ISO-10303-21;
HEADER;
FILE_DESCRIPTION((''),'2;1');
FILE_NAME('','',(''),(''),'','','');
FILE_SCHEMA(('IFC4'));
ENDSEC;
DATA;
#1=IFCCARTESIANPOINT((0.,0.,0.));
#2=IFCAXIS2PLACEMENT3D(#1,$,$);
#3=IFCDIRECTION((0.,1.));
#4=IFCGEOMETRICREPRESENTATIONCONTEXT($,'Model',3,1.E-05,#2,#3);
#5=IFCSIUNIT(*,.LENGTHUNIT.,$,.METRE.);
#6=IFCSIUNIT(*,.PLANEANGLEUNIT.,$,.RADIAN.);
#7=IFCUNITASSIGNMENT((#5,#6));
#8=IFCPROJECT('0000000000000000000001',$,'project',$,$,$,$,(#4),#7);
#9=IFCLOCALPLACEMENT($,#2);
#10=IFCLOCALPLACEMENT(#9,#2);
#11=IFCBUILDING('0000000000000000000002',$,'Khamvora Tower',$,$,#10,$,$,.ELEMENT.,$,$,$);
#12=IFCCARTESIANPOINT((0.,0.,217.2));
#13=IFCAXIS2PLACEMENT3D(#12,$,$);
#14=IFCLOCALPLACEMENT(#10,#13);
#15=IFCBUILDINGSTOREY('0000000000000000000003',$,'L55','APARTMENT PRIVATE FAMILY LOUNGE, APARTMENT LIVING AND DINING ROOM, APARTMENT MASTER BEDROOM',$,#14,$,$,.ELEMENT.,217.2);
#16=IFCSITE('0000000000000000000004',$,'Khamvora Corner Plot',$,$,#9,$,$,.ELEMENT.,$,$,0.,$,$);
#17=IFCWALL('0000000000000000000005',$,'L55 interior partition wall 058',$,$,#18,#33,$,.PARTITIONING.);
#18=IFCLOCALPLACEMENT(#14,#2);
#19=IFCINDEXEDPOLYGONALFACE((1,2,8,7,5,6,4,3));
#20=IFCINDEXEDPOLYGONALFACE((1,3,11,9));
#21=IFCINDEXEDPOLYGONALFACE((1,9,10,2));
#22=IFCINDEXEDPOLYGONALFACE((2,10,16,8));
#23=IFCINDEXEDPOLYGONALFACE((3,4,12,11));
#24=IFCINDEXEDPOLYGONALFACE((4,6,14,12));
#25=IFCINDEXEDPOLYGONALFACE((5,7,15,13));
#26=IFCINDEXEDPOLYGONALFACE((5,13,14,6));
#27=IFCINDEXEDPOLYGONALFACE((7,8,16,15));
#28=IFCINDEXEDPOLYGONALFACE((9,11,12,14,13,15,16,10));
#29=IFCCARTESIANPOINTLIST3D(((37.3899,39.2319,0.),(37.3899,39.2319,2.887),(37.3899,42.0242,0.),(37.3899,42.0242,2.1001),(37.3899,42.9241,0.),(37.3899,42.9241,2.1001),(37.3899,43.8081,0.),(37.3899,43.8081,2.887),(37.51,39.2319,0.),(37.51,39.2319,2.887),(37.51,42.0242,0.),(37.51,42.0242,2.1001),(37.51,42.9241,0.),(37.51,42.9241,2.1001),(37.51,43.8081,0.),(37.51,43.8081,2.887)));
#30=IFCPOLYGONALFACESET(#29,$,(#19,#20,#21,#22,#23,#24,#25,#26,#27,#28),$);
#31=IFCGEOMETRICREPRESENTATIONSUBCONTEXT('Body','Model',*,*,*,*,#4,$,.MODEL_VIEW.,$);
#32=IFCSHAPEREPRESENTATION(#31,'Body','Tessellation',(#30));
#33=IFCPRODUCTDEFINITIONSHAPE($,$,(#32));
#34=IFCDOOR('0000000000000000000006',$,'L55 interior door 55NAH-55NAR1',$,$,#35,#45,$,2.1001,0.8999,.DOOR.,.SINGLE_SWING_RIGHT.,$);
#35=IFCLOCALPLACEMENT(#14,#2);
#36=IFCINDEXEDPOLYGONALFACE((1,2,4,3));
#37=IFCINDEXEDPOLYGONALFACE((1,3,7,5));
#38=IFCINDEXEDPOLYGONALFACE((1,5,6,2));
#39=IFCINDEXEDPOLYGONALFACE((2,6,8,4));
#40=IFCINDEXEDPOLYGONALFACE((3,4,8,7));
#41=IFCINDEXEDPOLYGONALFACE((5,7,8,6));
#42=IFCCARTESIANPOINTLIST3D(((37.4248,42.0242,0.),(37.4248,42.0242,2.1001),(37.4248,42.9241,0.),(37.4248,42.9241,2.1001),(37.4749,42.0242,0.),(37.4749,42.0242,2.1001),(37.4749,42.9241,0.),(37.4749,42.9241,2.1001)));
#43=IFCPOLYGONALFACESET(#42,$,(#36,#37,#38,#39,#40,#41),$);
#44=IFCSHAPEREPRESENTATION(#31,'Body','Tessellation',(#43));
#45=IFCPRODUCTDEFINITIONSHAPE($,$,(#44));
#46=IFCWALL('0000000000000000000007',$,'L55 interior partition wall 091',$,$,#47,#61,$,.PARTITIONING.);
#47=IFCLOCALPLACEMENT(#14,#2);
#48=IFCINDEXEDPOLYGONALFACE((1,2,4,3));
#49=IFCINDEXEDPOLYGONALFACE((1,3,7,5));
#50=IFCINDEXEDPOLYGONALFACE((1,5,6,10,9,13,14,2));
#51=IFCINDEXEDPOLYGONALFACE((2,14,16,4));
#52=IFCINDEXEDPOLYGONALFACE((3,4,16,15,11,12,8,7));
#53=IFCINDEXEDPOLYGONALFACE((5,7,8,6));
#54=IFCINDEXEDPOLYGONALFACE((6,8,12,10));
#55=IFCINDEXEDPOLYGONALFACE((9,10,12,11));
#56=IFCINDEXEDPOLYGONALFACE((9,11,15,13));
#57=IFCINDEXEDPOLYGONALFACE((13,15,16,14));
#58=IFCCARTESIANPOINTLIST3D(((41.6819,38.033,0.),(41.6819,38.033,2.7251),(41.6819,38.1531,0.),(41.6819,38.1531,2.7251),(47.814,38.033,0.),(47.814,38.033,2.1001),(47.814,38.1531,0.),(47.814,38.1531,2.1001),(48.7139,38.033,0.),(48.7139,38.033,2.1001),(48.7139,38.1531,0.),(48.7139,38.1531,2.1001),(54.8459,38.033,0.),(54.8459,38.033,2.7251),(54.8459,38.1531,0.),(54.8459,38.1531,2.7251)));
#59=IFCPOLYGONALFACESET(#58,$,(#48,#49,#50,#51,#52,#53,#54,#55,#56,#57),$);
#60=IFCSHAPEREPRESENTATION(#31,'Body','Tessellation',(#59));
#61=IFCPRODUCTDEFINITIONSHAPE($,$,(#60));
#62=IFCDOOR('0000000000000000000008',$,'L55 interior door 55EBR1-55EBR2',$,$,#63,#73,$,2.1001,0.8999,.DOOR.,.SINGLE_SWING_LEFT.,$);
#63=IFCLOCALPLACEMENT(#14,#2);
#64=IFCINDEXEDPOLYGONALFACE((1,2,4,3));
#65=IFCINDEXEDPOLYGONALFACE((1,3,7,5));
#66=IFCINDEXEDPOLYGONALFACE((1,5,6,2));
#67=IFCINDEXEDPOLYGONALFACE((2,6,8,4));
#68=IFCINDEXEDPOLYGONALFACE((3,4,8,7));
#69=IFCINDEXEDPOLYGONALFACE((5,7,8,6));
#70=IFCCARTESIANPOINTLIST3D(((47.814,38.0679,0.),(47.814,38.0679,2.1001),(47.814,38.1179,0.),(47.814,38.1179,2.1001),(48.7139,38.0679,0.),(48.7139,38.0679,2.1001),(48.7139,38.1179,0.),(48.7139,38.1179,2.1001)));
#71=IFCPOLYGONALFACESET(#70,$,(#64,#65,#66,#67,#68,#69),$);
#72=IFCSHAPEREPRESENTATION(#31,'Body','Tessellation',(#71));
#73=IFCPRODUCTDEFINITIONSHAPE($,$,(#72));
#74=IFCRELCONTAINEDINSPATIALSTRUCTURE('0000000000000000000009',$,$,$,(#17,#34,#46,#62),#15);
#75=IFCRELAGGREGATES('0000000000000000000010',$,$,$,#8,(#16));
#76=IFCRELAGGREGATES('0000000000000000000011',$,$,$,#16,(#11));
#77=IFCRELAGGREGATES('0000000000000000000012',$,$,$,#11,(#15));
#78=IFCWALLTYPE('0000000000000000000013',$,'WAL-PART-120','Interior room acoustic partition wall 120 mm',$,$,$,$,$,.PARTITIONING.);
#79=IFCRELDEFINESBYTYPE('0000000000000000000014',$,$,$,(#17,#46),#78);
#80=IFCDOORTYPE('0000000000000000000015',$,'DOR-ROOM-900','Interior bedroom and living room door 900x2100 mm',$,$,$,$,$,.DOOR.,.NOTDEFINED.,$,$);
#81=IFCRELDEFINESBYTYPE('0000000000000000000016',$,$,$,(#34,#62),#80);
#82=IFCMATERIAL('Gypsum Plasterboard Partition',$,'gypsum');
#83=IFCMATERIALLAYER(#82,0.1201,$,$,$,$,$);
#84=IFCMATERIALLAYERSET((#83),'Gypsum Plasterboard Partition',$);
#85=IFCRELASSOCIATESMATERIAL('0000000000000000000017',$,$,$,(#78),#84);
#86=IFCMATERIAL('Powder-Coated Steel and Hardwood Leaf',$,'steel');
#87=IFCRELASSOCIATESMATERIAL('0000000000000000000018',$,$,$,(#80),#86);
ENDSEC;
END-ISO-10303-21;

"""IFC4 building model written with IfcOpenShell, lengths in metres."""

from ifc_helpers import new_model, si_unit, direction, frame, frame_2d, origin, place, context, subcontext, project, spatial, rectangle, extrude, material, layer, layer_set, type_object, element, fill, save


model = new_model("IFC4")

# Units and contexts
model_context = context("Model", 3, precision=1e-05, world=origin(), true_north=direction((0.0, 1.0)))
body_context = subcontext(model_context, "Body", "Model", "MODEL_VIEW")
ifc_project = project(units=[si_unit("LENGTHUNIT", "METRE"), si_unit("PLANEANGLEUNIT", "RADIAN")], contexts=[model_context])

# Site, building, storey
site_placement = place(None, origin())
site = spatial("IfcSite", under=ifc_project, at=site_placement, Name="Khamvora Corner Plot", CompositionType="ELEMENT", RefElevation=0.0)
building_placement = place(site_placement, origin())
building = spatial("IfcBuilding", under=site, at=building_placement, Name="Khamvora Tower", CompositionType="ELEMENT")
storey_placement = place(building_placement, frame((0.0, 0.0, 217.2)))
storey = spatial("IfcBuildingStorey", under=building, at=storey_placement, Name="L55", Description="APARTMENT PRIVATE FAMILY LOUNGE, APARTMENT LIVING AND DINING ROOM, APARTMENT MASTER BEDROOM", CompositionType="ELEMENT", Elevation=217.2)

# Shared definitions
ifc_material_1 = material(Name="Powder-Coated Steel and Hardwood Leaf", Category="steel")

# Walls, openings, doors
ifc_material_2 = material(Name="Gypsum Plasterboard Partition", Category="gypsum")
ifc_layer_1 = layer(ifc_material_2, 0.1201)
ifc_layer_set_1 = layer_set([ifc_layer_1], Name="Gypsum Plasterboard Partition")
wall_type_1 = type_object("IfcWallType", Name="WAL-PART-120", Description="Interior room acoustic partition wall 120 mm", PredefinedType="PARTITIONING", material=ifc_layer_set_1)
wall_1_placement = place(storey_placement, frame((37.45, 43.8081, 0.0), z_axis=(0.0, 0.0, 1.0), x_axis=(0.0, -1.0, 0.0)))
wall_1 = element("IfcWall", 1, at=wall_1_placement, inside=storey, type_object=wall_type_1, Name="L55 interior partition wall 058", PredefinedType="PARTITIONING", context=body_context, shape_type="SweptSolid", body=[
    extrude(rectangle(XDim=4.5762, YDim=0.1201, at=frame_2d((2.2881, 0.0))), origin(), (0.0, 0.0, 1.0), 2.887),
])
opening_1_placement = place(wall_1_placement, frame((0.884, 0.0, 0.0)))
opening_1 = element("IfcOpeningElement", 2, at=opening_1_placement, cuts=wall_1, PredefinedType="OPENING", context=body_context, shape_type="SweptSolid", body=[
    extrude(rectangle(XDim=0.8999, YDim=2.1001, at=frame_2d((0.45, 1.05))), frame((0.0, 0.0701, 0.0), z_axis=(0.0, -1.0, 0.0), x_axis=(1.0, 0.0, 0.0)), (0.0, 0.0, 1.0), 0.1401),
])
door_type_1 = type_object("IfcDoorType", Name="DOR-ROOM-900", Description="Interior bedroom and living room door 900x2100 mm", OperationType="NOTDEFINED", PredefinedType="DOOR", material=ifc_material_1)
door_1_placement = place(opening_1_placement, origin())
door_1 = element("IfcDoor", 3, at=door_1_placement, inside=storey, type_object=door_type_1, Name="L55 interior door 55NAH-55NAR1", OperationType="SINGLE_SWING_RIGHT", OverallHeight=2.1001, OverallWidth=0.8999, PredefinedType="DOOR", context=body_context, shape_type="SweptSolid", body=[
    extrude(rectangle(XDim=0.8999, YDim=2.1001, at=frame_2d((0.45, 1.05))), frame((0.0, 0.0249, 0.0), z_axis=(0.0, -1.0, 0.0), x_axis=(1.0, 0.0, 0.0)), (0.0, 0.0, 1.0), 0.05),
])
fill(opening_1, door_1)
wall_2_placement = place(storey_placement, frame((41.6819, 38.093, 0.0), z_axis=(0.0, 0.0, 1.0), x_axis=(1.0, 0.0, 0.0)))
wall_2 = element("IfcWall", 4, at=wall_2_placement, inside=storey, type_object=wall_type_1, Name="L55 interior partition wall 091", PredefinedType="PARTITIONING", context=body_context, shape_type="SweptSolid", body=[
    extrude(rectangle(XDim=13.1641, YDim=0.1201, at=frame_2d((6.582, 0.0))), origin(), (0.0, 0.0, 1.0), 2.7251),
])
opening_2_placement = place(wall_2_placement, frame((6.1321, 0.0, 0.0)))
opening_2 = element("IfcOpeningElement", 5, at=opening_2_placement, cuts=wall_2, PredefinedType="OPENING", context=body_context, shape_type="SweptSolid", body=[
    extrude(rectangle(XDim=0.8999, YDim=2.1001, at=frame_2d((0.45, 1.05))), frame((0.0, 0.0701, 0.0), z_axis=(0.0, -1.0, 0.0), x_axis=(1.0, 0.0, 0.0)), (0.0, 0.0, 1.0), 0.1401),
])
door_2_placement = place(opening_2_placement, origin())
door_2 = element("IfcDoor", 6, at=door_2_placement, inside=storey, type_object=door_type_1, Name="L55 interior door 55EBR1-55EBR2", OperationType="SINGLE_SWING_LEFT", OverallHeight=2.1001, OverallWidth=0.8999, PredefinedType="DOOR", context=body_context, shape_type="SweptSolid", body=[
    extrude(rectangle(XDim=0.8999, YDim=2.1001, at=frame_2d((0.45, 1.05))), frame((0.0, 0.0249, 0.0), z_axis=(0.0, -1.0, 0.0), x_axis=(1.0, 0.0, 0.0)), (0.0, 0.0, 1.0), 0.05),
])
fill(opening_2, door_2)

save(model, "model.ifc")
